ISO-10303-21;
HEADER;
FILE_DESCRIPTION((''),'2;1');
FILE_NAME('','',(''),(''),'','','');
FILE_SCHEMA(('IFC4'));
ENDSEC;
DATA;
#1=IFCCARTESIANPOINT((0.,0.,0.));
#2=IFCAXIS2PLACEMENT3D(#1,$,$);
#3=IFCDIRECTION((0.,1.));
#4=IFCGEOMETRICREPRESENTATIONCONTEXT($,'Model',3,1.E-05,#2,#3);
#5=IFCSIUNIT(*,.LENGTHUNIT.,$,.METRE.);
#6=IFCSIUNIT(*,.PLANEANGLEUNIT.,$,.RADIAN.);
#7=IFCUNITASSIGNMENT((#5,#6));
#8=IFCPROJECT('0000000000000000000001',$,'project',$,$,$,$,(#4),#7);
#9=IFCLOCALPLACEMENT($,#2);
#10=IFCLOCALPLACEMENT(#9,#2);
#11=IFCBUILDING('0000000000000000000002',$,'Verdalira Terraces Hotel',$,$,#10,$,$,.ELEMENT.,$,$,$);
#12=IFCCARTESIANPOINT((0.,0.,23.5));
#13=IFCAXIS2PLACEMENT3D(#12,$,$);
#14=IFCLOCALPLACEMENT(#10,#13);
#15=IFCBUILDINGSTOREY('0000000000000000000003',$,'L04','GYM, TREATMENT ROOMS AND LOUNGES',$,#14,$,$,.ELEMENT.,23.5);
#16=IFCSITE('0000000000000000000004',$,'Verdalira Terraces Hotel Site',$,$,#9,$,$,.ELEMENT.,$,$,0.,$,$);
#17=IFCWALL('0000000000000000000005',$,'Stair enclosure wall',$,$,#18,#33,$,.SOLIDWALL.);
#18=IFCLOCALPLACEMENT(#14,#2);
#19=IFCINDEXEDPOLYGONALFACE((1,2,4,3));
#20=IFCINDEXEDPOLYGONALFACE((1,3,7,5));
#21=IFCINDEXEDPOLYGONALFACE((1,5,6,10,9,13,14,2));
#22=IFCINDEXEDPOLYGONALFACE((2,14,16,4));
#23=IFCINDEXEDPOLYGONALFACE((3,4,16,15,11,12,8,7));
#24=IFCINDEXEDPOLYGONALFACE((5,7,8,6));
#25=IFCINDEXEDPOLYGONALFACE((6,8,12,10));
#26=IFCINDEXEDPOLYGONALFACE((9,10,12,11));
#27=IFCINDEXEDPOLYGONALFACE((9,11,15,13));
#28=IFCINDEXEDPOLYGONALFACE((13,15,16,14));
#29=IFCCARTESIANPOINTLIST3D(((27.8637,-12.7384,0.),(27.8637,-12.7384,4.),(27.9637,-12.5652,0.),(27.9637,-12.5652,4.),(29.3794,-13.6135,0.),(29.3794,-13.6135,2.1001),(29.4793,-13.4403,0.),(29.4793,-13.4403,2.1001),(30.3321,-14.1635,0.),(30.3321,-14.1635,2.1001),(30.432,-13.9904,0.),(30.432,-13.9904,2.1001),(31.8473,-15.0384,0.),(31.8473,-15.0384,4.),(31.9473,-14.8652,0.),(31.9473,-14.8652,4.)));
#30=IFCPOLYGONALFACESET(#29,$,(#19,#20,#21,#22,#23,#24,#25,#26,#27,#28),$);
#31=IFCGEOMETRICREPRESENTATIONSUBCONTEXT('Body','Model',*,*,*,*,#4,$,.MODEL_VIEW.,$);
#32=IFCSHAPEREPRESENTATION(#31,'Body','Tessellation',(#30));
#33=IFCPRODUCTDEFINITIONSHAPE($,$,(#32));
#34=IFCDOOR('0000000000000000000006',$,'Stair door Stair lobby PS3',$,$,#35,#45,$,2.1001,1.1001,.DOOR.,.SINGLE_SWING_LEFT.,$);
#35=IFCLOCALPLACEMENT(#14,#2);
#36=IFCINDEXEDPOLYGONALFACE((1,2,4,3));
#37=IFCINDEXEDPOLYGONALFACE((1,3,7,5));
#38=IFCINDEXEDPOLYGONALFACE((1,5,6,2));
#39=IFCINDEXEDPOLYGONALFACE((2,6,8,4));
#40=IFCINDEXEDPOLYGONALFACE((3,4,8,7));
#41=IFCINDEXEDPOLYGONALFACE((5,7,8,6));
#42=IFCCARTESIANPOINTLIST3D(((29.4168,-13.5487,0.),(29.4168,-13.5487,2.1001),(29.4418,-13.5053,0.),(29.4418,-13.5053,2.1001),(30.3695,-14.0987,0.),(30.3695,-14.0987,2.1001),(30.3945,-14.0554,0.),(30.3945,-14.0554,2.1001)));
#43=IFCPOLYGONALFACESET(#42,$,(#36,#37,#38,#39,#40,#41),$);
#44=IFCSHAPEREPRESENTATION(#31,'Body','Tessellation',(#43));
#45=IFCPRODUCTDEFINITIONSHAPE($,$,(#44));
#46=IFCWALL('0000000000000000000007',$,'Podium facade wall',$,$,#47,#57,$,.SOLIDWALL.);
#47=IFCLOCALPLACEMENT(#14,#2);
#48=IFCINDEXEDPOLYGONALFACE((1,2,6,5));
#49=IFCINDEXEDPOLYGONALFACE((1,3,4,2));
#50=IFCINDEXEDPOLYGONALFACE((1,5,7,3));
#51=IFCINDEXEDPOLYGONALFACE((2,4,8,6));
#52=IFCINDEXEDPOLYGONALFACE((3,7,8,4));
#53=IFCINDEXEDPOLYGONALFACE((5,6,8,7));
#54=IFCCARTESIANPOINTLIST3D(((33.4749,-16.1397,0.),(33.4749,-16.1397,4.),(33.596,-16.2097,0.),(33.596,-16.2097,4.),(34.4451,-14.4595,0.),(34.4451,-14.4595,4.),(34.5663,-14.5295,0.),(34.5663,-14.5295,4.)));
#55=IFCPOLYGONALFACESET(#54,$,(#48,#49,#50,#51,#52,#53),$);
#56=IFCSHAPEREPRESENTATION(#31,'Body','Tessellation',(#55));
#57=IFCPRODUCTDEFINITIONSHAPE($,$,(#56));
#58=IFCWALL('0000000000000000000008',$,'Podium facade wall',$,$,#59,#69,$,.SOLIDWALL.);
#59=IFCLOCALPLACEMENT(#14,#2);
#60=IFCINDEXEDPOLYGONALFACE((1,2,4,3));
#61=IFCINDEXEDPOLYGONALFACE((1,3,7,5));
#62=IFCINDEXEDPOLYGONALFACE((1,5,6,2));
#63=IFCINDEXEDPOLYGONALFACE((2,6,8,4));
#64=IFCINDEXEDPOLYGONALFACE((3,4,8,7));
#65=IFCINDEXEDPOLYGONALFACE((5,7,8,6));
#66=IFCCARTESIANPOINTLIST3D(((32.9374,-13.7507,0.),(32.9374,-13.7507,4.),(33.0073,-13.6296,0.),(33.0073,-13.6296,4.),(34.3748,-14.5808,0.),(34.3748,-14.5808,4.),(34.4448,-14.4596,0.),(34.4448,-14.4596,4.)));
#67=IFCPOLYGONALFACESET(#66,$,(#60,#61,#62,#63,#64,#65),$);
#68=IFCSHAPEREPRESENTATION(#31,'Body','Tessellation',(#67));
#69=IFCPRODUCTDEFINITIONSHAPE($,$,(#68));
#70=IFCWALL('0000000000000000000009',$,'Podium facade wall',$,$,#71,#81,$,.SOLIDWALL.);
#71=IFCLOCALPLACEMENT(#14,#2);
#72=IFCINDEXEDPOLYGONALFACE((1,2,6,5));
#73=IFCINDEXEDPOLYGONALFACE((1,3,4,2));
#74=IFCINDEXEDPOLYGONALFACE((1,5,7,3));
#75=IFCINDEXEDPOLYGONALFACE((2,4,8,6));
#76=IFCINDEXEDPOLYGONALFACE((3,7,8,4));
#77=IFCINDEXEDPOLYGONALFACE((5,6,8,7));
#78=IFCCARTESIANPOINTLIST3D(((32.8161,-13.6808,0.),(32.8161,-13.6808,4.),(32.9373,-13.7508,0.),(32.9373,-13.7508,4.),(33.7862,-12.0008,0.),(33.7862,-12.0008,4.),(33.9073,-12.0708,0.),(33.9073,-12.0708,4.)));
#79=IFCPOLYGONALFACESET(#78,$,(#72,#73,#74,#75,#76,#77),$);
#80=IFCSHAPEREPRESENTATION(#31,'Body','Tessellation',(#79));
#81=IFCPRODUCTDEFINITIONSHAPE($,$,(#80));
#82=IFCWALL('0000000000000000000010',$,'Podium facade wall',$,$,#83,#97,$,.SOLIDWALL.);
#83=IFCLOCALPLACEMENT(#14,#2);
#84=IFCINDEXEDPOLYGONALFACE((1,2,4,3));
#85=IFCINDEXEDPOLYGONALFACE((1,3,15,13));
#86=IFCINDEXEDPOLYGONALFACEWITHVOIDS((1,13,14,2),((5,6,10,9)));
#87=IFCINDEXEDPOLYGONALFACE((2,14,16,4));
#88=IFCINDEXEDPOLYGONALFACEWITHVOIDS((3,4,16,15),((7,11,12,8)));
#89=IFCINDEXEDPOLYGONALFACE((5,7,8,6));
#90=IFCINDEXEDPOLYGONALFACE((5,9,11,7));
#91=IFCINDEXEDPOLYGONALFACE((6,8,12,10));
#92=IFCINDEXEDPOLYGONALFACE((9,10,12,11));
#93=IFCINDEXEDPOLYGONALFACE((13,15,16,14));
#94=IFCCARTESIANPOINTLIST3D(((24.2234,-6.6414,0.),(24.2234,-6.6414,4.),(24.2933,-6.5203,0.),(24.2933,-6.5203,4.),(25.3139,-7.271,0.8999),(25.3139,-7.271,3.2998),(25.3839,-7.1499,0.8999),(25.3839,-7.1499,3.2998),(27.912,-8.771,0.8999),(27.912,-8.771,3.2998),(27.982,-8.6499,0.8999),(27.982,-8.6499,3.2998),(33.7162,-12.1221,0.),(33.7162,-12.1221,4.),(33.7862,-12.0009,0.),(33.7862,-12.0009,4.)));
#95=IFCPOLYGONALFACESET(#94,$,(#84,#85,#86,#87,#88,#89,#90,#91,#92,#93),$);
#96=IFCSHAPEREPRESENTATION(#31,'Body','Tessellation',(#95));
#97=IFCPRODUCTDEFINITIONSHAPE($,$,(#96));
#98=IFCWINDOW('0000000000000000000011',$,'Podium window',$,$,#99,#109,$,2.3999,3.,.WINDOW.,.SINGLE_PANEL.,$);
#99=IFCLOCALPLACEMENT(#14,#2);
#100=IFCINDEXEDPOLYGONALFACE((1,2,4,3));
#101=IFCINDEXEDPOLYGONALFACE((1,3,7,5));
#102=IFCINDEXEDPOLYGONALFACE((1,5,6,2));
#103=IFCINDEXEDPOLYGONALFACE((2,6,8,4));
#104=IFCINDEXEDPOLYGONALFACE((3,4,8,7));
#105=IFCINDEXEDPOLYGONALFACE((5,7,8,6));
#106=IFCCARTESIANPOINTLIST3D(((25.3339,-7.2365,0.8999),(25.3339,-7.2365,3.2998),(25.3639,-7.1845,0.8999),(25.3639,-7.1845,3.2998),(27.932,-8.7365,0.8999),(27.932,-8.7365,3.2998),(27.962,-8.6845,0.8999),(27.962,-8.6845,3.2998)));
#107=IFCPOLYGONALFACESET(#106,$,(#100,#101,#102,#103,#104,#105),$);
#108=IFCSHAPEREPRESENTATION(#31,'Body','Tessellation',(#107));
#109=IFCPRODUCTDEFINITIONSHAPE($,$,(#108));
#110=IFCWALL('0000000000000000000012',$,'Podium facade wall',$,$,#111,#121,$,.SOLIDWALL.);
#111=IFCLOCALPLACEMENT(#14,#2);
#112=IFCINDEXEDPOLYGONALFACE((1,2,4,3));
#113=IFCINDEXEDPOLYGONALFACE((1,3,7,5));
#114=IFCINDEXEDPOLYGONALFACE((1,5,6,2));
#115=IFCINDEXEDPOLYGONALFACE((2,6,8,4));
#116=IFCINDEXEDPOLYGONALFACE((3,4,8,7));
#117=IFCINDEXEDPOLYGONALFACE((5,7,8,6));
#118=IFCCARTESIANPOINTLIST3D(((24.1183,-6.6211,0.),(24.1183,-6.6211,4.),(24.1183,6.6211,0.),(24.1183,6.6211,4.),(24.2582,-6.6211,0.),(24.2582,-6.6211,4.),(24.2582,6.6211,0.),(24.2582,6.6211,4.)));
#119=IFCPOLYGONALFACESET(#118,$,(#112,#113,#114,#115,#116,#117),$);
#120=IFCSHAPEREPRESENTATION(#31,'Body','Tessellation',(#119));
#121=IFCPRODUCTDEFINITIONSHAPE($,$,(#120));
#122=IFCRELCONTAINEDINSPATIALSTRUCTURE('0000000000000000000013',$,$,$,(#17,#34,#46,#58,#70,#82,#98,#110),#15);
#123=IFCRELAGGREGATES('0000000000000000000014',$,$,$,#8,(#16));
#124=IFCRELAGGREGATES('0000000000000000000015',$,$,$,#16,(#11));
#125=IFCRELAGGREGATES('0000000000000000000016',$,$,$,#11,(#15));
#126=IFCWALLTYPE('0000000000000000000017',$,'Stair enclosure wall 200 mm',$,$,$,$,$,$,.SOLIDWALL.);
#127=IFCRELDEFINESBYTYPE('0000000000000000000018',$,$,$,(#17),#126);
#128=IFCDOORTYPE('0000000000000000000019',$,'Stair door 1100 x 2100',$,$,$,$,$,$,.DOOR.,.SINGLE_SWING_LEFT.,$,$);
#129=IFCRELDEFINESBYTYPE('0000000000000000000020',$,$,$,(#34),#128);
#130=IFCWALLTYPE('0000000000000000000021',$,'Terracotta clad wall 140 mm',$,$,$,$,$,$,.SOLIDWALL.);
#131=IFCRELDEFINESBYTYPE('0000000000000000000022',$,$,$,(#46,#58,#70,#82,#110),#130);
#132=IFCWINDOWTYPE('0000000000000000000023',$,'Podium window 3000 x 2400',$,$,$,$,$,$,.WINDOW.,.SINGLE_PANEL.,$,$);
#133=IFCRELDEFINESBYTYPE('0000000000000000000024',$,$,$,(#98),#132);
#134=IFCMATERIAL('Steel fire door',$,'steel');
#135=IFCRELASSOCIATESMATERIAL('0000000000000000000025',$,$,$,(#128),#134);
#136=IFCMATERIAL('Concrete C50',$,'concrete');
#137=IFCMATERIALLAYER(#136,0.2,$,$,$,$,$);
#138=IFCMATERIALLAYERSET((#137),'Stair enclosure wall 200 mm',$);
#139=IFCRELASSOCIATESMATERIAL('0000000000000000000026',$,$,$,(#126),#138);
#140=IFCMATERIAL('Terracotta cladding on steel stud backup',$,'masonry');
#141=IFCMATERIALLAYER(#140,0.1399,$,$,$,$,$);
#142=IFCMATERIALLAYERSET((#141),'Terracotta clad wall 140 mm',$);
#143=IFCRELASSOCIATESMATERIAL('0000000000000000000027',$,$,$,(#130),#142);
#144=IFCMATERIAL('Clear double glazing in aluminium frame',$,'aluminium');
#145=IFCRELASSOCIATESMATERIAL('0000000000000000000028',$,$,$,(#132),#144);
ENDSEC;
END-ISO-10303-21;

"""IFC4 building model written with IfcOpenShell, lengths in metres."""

from ifc_helpers import new_model, si_unit, direction, frame, frame_2d, origin, place, context, subcontext, project, spatial, rectangle, extrude, material, layer, layer_set, type_object, element, fill, save


model = new_model("IFC4")

# Units and contexts
model_context = context("Model", 3, precision=1e-05, world=origin(), true_north=direction((0.0, 1.0)))
body_context = subcontext(model_context, "Body", "Model", "MODEL_VIEW")
ifc_project = project(units=[si_unit("LENGTHUNIT", "METRE"), si_unit("PLANEANGLEUNIT", "RADIAN")], contexts=[model_context])

# Site, building, storey
site_placement = place(None, origin())
site = spatial("IfcSite", under=ifc_project, at=site_placement, Name="Verdalira Terraces Hotel Site", CompositionType="ELEMENT", RefElevation=0.0)
building_placement = place(site_placement, origin())
building = spatial("IfcBuilding", under=site, at=building_placement, Name="Verdalira Terraces Hotel", CompositionType="ELEMENT")
storey_placement = place(building_placement, frame((0.0, 0.0, 23.5)))
storey = spatial("IfcBuildingStorey", under=building, at=storey_placement, Name="L04", Description="GYM, TREATMENT ROOMS AND LOUNGES", CompositionType="ELEMENT", Elevation=23.5)

# Shared definitions
ifc_material_1 = material(Name="Steel fire door", Category="steel")
door_type_1 = type_object("IfcDoorType", Name="Stair door 1100 x 2100", OperationType="SINGLE_SWING_LEFT", PredefinedType="DOOR", material=ifc_material_1)

# Shared definitions
ifc_material_2 = material(Name="Concrete C50", Category="concrete")
ifc_layer_1 = layer(ifc_material_2, 0.2)
ifc_layer_set_1 = layer_set([ifc_layer_1], Name="Stair enclosure wall 200 mm")
wall_type_1 = type_object("IfcWallType", Name="Stair enclosure wall 200 mm", PredefinedType="SOLIDWALL", material=ifc_layer_set_1)

# Wall, opening, door
wall_1_placement = place(storey_placement, frame((27.9138, -12.6519, 0.0), z_axis=(0.0, 0.0, 1.0), x_axis=(0.866017, -0.500015, 0.0)))
wall_1 = element("IfcWall", 1, at=wall_1_placement, inside=storey, type_object=wall_type_1, Name="Stair enclosure wall", PredefinedType="SOLIDWALL", context=body_context, shape_type="SweptSolid", body=[
    extrude(rectangle(XDim=4.5999, YDim=0.2, at=frame_2d((2.2998, 0.0))), origin(), (0.0, 0.0, 1.0), 4.0),
])
opening_1_placement = place(wall_1_placement, frame((1.75, 0.0, 0.0)))
opening_1 = element("IfcOpeningElement", 2, at=opening_1_placement, cuts=wall_1, PredefinedType="OPENING", context=body_context, shape_type="SweptSolid", body=[
    extrude(rectangle(XDim=1.1001, YDim=2.1001, at=frame_2d((0.55, 1.05))), frame((0.0, 0.1099, 0.0), z_axis=(0.0, -1.0, 0.0), x_axis=(1.0, 0.0, 0.0)), (0.0, 0.0, 1.0), 0.22),
])
door_1_placement = place(opening_1_placement, origin())
door_1 = element("IfcDoor", 3, at=door_1_placement, inside=storey, type_object=door_type_1, Name="Stair door Stair lobby PS3", OperationType="SINGLE_SWING_LEFT", OverallHeight=2.1001, OverallWidth=1.1001, PredefinedType="DOOR", context=body_context, shape_type="SweptSolid", body=[
    extrude(rectangle(XDim=1.1001, YDim=2.1001, at=frame_2d((0.55, 1.05))), frame((0.0, 0.0249, 0.0), z_axis=(0.0, -1.0, 0.0), x_axis=(1.0, 0.0, 0.0)), (0.0, 0.0, 1.0), 0.05),
])
fill(opening_1, door_1)

# Walls
ifc_material_3 = material(Name="Terracotta cladding on steel stud backup", Category="masonry")
ifc_layer_2 = layer(ifc_material_3, 0.1399)
ifc_layer_set_2 = layer_set([ifc_layer_2], Name="Terracotta clad wall 140 mm")
wall_type_2 = type_object("IfcWallType", Name="Terracotta clad wall 140 mm", PredefinedType="SOLIDWALL", material=ifc_layer_set_2)
wall_2_placement = place(storey_placement, frame((33.5354, -16.1748, 0.0), z_axis=(0.0, 0.0, 1.0), x_axis=(0.500064, 0.865989, 0.0)))
element("IfcWall", 4, at=wall_2_placement, inside=storey, type_object=wall_type_2, Name="Podium facade wall", PredefinedType="SOLIDWALL", context=body_context, shape_type="SweptSolid", body=[
    extrude(rectangle(XDim=1.9402, YDim=0.1399, at=frame_2d((0.9702, 0.0))), origin(), (0.0, 0.0, 1.0), 4.0),
])
wall_3_placement = place(storey_placement, frame((34.4099, -14.5203, 0.0), z_axis=(0.0, 0.0, 1.0), x_axis=(-0.86599, 0.500062, 0.0)))
element("IfcWall", 5, at=wall_3_placement, inside=storey, type_object=wall_type_2, Name="Podium facade wall", PredefinedType="SOLIDWALL", context=body_context, shape_type="SweptSolid", body=[
    extrude(rectangle(XDim=1.6599, YDim=0.1399, at=frame_2d((0.8301, 0.0))), origin(), (0.0, 0.0, 1.0), 4.0),
])
wall_4_placement = place(storey_placement, frame((32.8767, -13.7158, 0.0), z_axis=(0.0, 0.0, 1.0), x_axis=(0.500024, 0.866012, 0.0)))
element("IfcWall", 6, at=wall_4_placement, inside=storey, type_object=wall_type_2, Name="Podium facade wall", PredefinedType="SOLIDWALL", context=body_context, shape_type="SweptSolid", body=[
    extrude(rectangle(XDim=1.9399, YDim=0.1399, at=frame_2d((0.97, 0.0))), origin(), (0.0, 0.0, 1.0), 4.0),
])

# Wall, opening, window
wall_5_placement = place(storey_placement, frame((33.7512, -12.0615, 0.0), z_axis=(0.0, 0.0, 1.0), x_axis=(-0.866026, 0.499998, 0.0)))
wall_5 = element("IfcWall", 7, at=wall_5_placement, inside=storey, type_object=wall_type_2, Name="Podium facade wall", PredefinedType="SOLIDWALL", context=body_context, shape_type="SweptSolid", body=[
    extrude(rectangle(XDim=10.9614, YDim=0.1399, at=frame_2d((5.4807, 0.0))), origin(), (0.0, 0.0, 1.0), 4.0),
])
opening_2_placement = place(wall_5_placement, frame((6.7021, 0.0, 0.8999)))
opening_2 = element("IfcOpeningElement", 8, at=opening_2_placement, cuts=wall_5, PredefinedType="OPENING", context=body_context, shape_type="SweptSolid", body=[
    extrude(rectangle(XDim=3.0, YDim=2.3999, at=frame_2d((1.5, 1.2))), frame((0.0, 0.0798, 0.0), z_axis=(0.0, -1.0, 0.0), x_axis=(1.0, 0.0, 0.0)), (0.0, 0.0, 1.0), 0.1599),
])
ifc_material_4 = material(Name="Clear double glazing in aluminium frame", Category="aluminium")
window_type = type_object("IfcWindowType", Name="Podium window 3000 x 2400", PartitioningType="SINGLE_PANEL", PredefinedType="WINDOW", material=ifc_material_4)
window_placement = place(opening_2_placement, origin())
window = element("IfcWindow", 9, at=window_placement, inside=storey, type_object=window_type, Name="Podium window", OverallHeight=2.3999, OverallWidth=3.0, PartitioningType="SINGLE_PANEL", PredefinedType="WINDOW", context=body_context, shape_type="SweptSolid", body=[
    extrude(rectangle(XDim=3.0, YDim=2.3999, at=frame_2d((1.5, 1.2))), frame((0.0, 0.03, 0.0), z_axis=(0.0, -1.0, 0.0), x_axis=(1.0, 0.0, 0.0)), (0.0, 0.0, 1.0), 0.0601),
])
fill(opening_2, window)

# Wall
wall_6_placement = place(storey_placement, frame((24.1882, -6.6211, 0.0), z_axis=(0.0, 0.0, 1.0), x_axis=(0.0, 1.0, 0.0)))
element("IfcWall", 10, at=wall_6_placement, inside=storey, type_object=wall_type_2, Name="Podium facade wall", PredefinedType="SOLIDWALL", context=body_context, shape_type="SweptSolid", body=[
    extrude(rectangle(XDim=13.2422, YDim=0.1399, at=frame_2d((6.6211, 0.0))), origin(), (0.0, 0.0, 1.0), 4.0),
])

save(model, "model.ifc")
